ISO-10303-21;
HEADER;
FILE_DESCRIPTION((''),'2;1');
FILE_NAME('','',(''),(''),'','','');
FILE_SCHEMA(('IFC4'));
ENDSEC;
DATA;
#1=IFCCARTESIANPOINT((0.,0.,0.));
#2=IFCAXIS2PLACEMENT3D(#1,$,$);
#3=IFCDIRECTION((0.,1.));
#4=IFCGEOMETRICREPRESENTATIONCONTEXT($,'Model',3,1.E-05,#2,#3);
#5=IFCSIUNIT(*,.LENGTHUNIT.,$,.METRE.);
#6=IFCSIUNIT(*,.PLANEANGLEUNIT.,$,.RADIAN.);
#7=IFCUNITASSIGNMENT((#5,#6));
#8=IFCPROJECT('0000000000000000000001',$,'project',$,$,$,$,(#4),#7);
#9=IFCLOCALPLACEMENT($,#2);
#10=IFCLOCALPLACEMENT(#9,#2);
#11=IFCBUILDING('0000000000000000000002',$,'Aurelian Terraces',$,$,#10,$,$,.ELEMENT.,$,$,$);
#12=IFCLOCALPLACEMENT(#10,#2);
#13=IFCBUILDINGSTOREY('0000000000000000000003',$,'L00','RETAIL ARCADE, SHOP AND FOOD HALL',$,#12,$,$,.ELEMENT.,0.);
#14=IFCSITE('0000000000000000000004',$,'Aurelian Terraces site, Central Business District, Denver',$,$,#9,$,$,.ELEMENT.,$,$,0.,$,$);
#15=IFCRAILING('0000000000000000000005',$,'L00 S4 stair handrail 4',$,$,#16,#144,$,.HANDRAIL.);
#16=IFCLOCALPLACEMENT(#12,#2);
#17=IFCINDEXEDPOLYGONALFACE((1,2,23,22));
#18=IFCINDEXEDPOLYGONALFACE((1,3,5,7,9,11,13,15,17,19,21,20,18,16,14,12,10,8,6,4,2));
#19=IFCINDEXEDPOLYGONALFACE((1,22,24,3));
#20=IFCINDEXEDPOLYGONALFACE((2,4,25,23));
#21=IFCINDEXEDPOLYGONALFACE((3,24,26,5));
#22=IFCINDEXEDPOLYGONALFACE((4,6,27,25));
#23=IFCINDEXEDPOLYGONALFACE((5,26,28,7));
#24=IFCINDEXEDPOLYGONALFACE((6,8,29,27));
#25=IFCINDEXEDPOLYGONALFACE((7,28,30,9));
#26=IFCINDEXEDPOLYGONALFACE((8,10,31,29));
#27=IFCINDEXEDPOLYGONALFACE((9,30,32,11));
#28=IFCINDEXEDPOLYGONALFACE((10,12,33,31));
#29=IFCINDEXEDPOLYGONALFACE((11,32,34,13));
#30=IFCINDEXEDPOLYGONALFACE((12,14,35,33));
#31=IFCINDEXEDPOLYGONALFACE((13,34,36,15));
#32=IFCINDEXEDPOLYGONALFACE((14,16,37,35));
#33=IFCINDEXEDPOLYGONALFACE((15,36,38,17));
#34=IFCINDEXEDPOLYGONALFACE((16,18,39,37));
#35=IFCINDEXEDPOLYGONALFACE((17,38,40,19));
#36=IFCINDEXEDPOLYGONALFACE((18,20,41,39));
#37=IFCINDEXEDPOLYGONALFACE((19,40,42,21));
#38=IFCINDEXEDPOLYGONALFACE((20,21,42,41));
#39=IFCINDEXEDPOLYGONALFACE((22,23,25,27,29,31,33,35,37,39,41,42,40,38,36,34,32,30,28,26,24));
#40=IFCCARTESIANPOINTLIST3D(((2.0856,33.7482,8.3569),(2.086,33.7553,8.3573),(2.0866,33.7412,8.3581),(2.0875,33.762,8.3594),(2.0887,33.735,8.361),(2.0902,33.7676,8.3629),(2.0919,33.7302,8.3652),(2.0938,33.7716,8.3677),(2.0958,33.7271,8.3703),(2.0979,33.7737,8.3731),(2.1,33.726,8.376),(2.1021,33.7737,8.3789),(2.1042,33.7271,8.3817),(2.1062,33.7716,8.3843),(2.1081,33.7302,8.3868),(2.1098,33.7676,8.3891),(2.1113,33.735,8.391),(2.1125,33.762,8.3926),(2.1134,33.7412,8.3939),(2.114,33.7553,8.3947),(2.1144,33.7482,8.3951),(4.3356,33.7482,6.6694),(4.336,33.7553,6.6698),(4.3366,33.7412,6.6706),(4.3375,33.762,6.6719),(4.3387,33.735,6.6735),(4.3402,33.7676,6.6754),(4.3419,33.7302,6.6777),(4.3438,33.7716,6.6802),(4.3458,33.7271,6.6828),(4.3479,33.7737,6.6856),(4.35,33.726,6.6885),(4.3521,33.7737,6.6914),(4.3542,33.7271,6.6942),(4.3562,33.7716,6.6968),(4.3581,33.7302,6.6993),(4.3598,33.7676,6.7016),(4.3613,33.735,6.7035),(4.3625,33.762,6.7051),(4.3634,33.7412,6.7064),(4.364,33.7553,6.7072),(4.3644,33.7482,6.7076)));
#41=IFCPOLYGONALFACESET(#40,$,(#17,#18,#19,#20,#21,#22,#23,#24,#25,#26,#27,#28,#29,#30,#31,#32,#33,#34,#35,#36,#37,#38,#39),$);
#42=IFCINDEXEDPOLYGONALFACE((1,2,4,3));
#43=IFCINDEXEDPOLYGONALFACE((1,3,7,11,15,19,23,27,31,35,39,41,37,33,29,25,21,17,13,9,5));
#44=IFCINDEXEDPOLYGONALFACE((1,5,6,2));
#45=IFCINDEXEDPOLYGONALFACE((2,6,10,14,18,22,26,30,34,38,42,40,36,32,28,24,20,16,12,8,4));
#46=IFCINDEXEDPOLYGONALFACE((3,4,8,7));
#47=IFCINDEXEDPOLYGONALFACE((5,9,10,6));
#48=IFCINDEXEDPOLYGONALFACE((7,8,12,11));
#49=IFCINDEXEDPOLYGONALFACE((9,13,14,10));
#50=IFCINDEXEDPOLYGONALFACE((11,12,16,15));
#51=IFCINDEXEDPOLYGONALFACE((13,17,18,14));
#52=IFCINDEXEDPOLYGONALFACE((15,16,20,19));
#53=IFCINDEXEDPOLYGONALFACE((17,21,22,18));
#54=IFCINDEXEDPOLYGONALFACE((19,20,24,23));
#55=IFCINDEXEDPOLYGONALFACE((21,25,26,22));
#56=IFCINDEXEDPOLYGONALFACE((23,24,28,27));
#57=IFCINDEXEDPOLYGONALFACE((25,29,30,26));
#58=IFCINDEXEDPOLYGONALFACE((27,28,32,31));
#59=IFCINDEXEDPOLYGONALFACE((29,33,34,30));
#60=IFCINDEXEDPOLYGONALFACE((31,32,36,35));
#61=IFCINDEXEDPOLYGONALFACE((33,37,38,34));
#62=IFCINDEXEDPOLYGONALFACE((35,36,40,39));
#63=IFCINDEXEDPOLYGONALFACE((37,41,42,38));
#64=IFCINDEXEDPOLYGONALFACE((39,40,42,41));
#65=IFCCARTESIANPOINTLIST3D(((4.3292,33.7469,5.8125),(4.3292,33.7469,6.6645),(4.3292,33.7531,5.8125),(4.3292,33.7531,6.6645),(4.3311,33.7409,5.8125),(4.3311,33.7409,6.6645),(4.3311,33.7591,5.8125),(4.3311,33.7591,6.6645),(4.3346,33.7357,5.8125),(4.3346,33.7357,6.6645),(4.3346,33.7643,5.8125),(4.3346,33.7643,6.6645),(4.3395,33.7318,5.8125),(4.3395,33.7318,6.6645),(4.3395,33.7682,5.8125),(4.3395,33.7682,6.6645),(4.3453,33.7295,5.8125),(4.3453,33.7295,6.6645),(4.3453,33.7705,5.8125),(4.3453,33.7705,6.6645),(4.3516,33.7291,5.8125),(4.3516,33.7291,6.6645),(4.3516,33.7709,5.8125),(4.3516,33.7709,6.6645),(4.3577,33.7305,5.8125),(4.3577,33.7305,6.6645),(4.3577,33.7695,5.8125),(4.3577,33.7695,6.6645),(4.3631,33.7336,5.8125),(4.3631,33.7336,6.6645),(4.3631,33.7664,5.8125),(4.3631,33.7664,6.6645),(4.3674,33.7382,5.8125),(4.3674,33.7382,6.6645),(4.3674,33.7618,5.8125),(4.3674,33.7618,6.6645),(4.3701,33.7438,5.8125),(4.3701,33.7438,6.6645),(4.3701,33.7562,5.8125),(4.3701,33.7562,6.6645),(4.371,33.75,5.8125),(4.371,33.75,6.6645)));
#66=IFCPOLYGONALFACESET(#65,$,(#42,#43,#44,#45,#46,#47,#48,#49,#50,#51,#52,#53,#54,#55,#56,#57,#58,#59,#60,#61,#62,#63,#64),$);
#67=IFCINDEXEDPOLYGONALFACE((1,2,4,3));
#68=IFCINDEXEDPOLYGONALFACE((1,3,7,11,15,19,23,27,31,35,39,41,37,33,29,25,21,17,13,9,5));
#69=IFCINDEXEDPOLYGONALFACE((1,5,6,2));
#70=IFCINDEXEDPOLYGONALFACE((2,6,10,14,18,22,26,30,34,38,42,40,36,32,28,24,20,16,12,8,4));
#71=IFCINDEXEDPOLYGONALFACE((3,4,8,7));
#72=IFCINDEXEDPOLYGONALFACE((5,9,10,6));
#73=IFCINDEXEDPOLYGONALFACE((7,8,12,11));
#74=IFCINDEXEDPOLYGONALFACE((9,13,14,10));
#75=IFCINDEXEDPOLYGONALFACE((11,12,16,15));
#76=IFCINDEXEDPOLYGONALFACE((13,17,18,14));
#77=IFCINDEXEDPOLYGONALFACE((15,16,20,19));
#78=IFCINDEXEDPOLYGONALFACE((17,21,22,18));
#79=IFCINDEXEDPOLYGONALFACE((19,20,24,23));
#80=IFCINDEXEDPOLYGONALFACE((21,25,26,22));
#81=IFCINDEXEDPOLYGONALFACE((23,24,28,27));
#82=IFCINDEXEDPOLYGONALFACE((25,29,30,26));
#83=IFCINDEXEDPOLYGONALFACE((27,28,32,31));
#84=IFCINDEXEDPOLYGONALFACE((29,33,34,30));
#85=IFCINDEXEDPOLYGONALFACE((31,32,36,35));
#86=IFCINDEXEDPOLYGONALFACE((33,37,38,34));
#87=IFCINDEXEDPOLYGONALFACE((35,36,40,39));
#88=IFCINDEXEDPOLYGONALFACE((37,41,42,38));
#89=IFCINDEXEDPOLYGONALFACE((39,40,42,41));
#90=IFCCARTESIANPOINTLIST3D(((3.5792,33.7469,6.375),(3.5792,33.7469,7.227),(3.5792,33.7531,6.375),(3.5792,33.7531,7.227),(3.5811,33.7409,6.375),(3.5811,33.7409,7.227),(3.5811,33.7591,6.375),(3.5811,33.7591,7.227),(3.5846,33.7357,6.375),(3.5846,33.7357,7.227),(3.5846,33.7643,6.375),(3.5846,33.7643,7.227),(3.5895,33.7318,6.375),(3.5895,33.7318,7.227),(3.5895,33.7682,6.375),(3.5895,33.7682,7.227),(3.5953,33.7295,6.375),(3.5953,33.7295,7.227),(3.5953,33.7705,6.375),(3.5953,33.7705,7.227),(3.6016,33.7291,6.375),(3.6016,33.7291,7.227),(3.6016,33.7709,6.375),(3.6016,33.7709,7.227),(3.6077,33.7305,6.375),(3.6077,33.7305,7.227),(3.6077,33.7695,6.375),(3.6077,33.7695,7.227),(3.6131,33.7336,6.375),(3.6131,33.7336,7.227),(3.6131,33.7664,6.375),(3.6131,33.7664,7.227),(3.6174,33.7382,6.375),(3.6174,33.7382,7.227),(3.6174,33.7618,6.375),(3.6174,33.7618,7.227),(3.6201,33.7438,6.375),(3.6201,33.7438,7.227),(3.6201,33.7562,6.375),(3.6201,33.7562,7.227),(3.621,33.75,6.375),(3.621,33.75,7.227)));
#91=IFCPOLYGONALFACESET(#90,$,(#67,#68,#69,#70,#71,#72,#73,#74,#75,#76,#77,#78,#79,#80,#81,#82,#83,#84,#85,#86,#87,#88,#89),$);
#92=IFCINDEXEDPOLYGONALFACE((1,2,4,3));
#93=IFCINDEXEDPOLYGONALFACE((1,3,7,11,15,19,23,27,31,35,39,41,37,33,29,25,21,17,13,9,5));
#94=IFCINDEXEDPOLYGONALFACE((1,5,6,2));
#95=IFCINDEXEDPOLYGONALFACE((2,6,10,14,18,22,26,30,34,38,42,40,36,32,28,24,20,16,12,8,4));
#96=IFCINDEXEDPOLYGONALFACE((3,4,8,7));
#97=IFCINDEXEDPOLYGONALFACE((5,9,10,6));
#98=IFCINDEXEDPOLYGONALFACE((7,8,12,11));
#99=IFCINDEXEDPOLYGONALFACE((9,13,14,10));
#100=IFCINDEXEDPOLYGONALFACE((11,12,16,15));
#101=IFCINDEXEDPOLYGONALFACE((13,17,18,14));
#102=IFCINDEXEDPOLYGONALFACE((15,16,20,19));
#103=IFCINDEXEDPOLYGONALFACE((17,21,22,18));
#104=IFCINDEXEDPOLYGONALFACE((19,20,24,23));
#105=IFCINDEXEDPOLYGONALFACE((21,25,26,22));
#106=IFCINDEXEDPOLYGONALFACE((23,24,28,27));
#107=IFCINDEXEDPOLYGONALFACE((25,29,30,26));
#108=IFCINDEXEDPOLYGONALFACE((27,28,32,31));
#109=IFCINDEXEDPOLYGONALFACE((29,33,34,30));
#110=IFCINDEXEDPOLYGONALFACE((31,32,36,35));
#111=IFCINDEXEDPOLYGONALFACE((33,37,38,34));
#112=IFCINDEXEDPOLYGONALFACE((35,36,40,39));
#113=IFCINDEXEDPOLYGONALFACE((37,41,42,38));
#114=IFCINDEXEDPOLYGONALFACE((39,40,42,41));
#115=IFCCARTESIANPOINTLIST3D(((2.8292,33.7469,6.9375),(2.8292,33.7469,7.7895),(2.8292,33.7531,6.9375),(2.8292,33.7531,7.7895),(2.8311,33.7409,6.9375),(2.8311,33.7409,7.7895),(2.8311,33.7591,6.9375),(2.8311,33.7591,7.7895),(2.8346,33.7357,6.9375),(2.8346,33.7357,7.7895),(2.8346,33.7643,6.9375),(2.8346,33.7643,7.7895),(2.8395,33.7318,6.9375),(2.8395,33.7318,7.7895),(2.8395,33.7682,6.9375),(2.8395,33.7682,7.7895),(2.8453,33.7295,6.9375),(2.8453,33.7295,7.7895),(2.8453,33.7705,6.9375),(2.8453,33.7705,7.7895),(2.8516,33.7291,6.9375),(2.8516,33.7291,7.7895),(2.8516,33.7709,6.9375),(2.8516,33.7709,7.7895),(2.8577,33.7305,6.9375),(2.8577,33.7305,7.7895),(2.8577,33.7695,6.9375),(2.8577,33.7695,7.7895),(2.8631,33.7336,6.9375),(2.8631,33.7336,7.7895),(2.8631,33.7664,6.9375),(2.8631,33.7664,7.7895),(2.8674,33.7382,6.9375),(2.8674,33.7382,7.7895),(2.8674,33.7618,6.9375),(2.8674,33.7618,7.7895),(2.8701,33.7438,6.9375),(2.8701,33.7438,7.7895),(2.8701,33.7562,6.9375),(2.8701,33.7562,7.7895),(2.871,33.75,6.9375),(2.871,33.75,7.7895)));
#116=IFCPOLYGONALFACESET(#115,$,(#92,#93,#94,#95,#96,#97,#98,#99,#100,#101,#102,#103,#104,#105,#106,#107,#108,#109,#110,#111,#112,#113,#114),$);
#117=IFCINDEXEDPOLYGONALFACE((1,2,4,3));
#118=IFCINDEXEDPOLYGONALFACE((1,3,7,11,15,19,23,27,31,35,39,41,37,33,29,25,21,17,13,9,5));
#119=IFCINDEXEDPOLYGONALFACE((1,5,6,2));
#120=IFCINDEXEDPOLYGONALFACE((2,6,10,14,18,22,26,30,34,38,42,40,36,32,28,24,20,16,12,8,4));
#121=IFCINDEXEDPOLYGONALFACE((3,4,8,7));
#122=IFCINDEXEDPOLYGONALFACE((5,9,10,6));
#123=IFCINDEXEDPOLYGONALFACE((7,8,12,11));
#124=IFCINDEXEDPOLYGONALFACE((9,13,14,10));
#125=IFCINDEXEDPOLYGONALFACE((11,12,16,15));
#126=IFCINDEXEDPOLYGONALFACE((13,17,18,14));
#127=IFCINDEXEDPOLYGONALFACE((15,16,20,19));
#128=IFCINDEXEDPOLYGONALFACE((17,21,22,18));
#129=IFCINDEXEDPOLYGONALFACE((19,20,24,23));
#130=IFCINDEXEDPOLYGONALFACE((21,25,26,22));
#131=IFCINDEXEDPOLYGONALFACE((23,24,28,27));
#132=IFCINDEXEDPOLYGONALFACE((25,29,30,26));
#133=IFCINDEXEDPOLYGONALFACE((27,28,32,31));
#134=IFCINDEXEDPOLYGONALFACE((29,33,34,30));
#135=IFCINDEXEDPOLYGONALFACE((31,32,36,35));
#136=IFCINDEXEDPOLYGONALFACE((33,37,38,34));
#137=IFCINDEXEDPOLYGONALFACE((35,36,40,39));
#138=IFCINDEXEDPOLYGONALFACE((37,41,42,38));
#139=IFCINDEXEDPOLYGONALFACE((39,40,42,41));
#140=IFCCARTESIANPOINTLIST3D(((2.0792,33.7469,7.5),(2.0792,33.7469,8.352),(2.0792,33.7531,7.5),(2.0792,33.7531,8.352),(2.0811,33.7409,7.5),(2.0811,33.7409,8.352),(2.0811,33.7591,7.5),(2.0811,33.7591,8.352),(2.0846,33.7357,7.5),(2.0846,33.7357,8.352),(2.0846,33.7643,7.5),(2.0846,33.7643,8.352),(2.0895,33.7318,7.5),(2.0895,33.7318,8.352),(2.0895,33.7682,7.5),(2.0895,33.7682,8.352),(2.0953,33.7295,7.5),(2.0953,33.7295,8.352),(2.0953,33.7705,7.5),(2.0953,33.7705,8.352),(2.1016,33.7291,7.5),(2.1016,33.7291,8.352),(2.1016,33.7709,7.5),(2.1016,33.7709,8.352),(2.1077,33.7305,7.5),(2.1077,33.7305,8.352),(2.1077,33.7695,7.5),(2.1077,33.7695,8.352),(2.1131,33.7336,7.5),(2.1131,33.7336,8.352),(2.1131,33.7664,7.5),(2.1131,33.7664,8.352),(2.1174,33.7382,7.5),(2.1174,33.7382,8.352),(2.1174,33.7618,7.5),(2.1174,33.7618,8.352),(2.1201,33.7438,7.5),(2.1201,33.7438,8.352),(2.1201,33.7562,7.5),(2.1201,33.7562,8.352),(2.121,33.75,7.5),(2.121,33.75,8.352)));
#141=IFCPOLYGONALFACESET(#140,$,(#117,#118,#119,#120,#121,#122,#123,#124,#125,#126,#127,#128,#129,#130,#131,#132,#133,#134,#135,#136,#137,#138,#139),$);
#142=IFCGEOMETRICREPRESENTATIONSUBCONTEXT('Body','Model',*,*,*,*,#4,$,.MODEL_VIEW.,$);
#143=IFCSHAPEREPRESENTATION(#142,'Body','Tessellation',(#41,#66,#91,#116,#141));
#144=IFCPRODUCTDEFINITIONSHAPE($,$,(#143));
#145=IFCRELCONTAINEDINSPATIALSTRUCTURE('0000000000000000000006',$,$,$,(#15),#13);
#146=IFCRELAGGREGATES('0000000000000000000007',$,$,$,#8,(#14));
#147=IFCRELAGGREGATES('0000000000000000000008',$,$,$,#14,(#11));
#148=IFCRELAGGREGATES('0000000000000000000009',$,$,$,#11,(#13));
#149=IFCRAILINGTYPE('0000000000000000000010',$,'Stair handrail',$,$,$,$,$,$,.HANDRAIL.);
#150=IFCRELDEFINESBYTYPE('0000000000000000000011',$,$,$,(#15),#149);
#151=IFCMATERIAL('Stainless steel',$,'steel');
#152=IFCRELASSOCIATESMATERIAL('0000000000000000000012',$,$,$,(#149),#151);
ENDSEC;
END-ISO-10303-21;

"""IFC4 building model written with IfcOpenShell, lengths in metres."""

from ifc_helpers import new_model, si_unit, direction, frame, origin, origin_2d, place, context, subcontext, project, spatial, circle, extrude, source, transform, mapped, material, type_object, element, save


model = new_model("IFC4")

# Units and contexts
model_context = context("Model", 3, precision=1e-05, world=origin(), true_north=direction((0.0, 1.0)))
body_context = subcontext(model_context, "Body", "Model", "MODEL_VIEW")
ifc_project = project(units=[si_unit("LENGTHUNIT", "METRE"), si_unit("PLANEANGLEUNIT", "RADIAN")], contexts=[model_context])

# Site, building, storey
site_placement = place(None, origin())
site = spatial("IfcSite", under=ifc_project, at=site_placement, Name="Aurelian Terraces site, Central Business District, Denver", CompositionType="ELEMENT", RefElevation=0.0)
building_placement = place(site_placement, origin())
building = spatial("IfcBuilding", under=site, at=building_placement, Name="Aurelian Terraces", CompositionType="ELEMENT")
storey_placement = place(building_placement, origin())
storey = spatial("IfcBuildingStorey", under=building, at=storey_placement, Name="L00", Description="RETAIL ARCADE, SHOP AND FOOD HALL", CompositionType="ELEMENT", Elevation=0.0)

# Railing
ifc_material_1 = material(Name="Stainless steel", Category="steel")
railing_type_1 = type_object("IfcRailingType", Name="Stair handrail", PredefinedType="HANDRAIL", material=ifc_material_1)
shared_shape_1 = source(origin(), body_context, "Body", "SweptSolid", [
    extrude(circle(Radius=0.024, at=origin_2d()), frame((0.0, 0.0, 0.876), z_axis=(-0.8, 0.0, 0.6), x_axis=(0.0, -1.0, 0.0)), (0.0, 0.0, 1.0), 2.8125),
    extrude(circle(Radius=0.021, at=origin_2d()), origin(), (0.0, 0.0, 1.0), 0.852),
    extrude(circle(Radius=0.021, at=origin_2d()), frame((-0.75, 0.0, 0.5625)), (0.0, 0.0, 1.0), 0.852),
    extrude(circle(Radius=0.021, at=origin_2d()), frame((-1.5, 0.0, 1.125)), (0.0, 0.0, 1.0), 0.852),
    extrude(circle(Radius=0.021, at=origin_2d()), frame((-2.25, 0.0, 1.6875)), (0.0, 0.0, 1.0), 0.852),
])
for number, where, name in (
    (1, (4.35, 33.75, 5.8125), "L00 S4 stair handrail 4"),
):
    element("IfcRailing", number, at=place(storey_placement, frame(where)), inside=storey, type_object=railing_type_1, Name=name, PredefinedType="HANDRAIL", context=body_context, shape_type="MappedRepresentation", body=[
        mapped(shared_shape_1, transform((0.0, 0.0, 0.0), scale=1.0)),
    ])

save(model, "model.ifc")
